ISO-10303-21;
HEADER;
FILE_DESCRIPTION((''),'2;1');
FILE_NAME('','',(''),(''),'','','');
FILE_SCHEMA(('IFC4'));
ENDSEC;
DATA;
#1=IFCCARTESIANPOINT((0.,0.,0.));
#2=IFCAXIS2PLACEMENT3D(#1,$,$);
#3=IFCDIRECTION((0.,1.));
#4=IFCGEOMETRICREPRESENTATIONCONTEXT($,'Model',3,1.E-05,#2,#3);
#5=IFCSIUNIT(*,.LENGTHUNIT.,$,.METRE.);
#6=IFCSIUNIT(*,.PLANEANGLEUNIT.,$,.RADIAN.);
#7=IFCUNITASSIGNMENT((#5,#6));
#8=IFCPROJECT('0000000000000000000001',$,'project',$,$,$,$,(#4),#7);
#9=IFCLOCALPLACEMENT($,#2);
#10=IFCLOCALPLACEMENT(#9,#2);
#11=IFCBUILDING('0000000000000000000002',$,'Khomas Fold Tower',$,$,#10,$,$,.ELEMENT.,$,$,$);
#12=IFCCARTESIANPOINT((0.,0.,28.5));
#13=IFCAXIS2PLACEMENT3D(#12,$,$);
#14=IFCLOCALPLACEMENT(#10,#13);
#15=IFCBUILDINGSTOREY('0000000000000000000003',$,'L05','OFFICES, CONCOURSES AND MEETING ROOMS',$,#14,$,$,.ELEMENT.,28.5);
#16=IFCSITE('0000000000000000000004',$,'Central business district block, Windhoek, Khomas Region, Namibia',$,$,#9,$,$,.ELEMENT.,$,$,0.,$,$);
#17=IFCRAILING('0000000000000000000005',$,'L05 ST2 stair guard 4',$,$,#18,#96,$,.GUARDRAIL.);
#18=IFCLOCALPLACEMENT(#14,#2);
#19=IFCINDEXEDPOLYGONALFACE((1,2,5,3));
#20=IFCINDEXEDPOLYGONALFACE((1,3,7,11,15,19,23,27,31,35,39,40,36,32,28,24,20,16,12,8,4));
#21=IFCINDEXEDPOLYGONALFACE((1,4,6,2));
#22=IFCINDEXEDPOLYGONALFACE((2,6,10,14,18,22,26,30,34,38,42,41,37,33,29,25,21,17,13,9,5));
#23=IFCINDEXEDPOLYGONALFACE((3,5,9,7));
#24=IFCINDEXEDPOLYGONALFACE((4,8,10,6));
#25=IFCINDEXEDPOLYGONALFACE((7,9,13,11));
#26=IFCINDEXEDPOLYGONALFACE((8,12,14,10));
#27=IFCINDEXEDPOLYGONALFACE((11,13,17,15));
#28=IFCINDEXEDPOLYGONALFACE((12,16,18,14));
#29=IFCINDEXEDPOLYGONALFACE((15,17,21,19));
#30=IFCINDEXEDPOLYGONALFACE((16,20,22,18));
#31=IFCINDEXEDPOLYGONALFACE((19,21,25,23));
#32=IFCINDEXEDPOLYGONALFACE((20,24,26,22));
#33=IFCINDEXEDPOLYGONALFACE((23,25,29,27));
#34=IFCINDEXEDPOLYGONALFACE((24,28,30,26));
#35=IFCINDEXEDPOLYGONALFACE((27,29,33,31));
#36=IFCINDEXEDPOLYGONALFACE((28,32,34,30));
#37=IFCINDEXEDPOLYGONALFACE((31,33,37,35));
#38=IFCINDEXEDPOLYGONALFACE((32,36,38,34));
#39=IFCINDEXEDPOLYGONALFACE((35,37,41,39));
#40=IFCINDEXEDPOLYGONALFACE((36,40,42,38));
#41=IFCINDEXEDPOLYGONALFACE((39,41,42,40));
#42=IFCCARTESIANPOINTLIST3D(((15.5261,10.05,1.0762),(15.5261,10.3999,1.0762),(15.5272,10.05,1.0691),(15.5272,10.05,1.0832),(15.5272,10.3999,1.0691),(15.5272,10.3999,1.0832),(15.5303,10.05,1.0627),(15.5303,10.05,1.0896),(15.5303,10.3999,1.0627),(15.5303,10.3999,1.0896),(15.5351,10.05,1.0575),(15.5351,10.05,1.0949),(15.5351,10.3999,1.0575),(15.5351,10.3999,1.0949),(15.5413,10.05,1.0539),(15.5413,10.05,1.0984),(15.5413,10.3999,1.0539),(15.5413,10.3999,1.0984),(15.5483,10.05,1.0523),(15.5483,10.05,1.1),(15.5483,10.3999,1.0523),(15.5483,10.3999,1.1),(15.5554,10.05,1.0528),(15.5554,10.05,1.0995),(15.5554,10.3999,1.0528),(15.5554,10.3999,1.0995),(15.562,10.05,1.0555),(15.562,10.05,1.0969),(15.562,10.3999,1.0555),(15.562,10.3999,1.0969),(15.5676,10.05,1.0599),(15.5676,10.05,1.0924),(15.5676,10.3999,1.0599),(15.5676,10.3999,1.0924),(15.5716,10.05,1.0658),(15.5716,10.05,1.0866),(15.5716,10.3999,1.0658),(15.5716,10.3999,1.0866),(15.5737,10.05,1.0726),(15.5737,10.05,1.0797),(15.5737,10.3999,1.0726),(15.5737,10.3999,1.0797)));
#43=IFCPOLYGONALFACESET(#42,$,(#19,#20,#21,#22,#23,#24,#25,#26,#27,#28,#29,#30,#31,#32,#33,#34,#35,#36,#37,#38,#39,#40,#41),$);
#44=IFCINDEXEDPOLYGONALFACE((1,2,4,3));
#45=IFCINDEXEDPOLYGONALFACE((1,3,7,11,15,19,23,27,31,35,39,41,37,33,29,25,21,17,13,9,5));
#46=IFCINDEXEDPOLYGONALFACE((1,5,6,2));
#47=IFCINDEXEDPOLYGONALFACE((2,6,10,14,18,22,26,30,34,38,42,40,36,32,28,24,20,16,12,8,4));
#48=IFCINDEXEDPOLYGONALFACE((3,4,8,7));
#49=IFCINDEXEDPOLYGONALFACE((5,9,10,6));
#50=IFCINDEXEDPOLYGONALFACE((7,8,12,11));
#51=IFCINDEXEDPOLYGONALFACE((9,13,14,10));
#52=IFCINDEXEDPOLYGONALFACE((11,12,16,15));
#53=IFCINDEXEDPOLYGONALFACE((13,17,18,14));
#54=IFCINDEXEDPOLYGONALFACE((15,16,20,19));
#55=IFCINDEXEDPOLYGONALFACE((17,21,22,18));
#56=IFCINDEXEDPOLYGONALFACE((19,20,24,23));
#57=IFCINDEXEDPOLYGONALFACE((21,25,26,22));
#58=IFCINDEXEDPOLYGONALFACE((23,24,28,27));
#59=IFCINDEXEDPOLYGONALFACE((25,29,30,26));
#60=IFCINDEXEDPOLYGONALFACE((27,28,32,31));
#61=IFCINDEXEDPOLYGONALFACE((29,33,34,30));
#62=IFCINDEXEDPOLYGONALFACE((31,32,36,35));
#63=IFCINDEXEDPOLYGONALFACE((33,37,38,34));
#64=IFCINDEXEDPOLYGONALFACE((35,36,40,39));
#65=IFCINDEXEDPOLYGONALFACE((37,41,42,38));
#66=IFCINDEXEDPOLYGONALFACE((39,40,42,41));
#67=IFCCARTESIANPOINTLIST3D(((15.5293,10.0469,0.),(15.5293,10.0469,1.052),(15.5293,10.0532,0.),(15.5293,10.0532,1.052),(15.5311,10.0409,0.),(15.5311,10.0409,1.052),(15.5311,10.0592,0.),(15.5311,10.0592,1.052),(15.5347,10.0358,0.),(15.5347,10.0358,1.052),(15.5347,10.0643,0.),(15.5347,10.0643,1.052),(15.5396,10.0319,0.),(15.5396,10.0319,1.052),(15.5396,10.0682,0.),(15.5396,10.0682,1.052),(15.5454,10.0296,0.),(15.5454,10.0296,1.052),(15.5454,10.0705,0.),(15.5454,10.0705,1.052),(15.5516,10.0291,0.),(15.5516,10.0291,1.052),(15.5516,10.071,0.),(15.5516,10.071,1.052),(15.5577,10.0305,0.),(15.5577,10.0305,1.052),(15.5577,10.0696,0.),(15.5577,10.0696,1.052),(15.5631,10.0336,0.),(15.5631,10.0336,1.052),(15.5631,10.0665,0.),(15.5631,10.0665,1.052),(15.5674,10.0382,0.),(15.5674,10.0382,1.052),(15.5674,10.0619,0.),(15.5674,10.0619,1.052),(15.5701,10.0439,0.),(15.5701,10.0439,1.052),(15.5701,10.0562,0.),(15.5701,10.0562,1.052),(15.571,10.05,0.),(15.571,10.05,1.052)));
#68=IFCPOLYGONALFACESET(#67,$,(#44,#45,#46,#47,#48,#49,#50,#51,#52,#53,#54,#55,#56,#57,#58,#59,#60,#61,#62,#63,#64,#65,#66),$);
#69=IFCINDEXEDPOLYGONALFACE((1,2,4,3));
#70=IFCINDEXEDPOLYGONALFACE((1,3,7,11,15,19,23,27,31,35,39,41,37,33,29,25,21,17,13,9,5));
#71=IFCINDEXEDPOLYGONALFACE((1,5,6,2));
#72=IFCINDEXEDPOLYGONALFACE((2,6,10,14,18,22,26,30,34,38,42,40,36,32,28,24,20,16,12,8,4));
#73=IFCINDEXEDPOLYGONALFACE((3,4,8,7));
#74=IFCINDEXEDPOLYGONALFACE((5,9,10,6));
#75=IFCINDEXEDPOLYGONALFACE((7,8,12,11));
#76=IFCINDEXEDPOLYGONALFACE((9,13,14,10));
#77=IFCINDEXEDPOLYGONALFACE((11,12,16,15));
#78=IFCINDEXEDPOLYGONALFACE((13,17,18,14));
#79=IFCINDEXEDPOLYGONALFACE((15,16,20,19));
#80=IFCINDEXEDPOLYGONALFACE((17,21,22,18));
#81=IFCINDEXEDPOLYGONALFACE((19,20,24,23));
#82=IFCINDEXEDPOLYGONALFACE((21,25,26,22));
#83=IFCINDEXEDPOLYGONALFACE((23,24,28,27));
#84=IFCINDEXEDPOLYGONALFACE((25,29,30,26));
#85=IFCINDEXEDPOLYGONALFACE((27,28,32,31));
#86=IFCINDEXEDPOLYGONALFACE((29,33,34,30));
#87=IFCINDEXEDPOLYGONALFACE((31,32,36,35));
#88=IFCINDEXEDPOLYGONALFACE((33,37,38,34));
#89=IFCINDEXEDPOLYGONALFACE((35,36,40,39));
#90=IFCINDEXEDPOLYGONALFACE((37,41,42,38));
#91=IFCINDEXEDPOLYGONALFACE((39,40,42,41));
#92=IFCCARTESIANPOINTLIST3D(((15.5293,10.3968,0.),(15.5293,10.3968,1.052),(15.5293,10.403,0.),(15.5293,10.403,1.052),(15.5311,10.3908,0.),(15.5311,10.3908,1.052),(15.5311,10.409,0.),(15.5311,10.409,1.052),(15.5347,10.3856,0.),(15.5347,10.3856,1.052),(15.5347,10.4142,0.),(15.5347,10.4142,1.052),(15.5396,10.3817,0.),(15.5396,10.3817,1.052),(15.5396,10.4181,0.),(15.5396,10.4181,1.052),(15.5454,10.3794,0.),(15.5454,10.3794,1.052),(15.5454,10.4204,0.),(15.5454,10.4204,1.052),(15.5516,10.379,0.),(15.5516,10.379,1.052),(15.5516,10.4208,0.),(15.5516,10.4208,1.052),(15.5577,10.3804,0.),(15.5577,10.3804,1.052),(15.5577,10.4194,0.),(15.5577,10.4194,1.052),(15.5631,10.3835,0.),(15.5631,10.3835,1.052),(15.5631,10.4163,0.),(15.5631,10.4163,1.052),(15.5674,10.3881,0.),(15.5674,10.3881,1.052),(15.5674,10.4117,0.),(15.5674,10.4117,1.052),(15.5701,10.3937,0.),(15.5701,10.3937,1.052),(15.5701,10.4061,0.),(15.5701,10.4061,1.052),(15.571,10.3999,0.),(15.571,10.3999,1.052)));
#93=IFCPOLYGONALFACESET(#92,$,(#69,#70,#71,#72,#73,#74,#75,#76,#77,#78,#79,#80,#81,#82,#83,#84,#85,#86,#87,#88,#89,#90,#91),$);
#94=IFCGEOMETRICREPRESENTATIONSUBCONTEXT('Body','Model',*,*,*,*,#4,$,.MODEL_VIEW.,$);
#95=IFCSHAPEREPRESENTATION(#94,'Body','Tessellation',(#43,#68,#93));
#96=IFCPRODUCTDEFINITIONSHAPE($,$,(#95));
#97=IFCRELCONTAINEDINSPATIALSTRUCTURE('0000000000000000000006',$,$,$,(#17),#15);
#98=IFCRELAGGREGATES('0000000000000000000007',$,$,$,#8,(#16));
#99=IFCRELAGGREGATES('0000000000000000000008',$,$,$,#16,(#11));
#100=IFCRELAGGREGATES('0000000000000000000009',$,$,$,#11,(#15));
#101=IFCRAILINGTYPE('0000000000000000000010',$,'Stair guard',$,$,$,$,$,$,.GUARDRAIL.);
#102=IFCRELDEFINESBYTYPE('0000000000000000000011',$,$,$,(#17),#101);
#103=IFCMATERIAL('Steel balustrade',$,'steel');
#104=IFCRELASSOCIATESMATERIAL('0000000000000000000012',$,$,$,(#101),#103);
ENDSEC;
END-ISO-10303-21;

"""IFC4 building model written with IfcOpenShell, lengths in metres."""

from ifc_helpers import new_model, si_unit, direction, frame, origin, origin_2d, place, context, subcontext, project, spatial, circle, extrude, source, transform, mapped, material, type_object, element, save


model = new_model("IFC4")

# Units and contexts
model_context = context("Model", 3, precision=1e-05, world=origin(), true_north=direction((0.0, 1.0)))
body_context = subcontext(model_context, "Body", "Model", "MODEL_VIEW")
ifc_project = project(units=[si_unit("LENGTHUNIT", "METRE"), si_unit("PLANEANGLEUNIT", "RADIAN")], contexts=[model_context])

# Site, building, storey
site_placement = place(None, origin())
site = spatial("IfcSite", under=ifc_project, at=site_placement, Name="Central business district block, Windhoek, Khomas Region, Namibia", CompositionType="ELEMENT", RefElevation=0.0)
building_placement = place(site_placement, origin())
building = spatial("IfcBuilding", under=site, at=building_placement, Name="Khomas Fold Tower", CompositionType="ELEMENT")
storey_placement = place(building_placement, frame((0.0, 0.0, 28.5)))
storey = spatial("IfcBuildingStorey", under=building, at=storey_placement, Name="L05", Description="OFFICES, CONCOURSES AND MEETING ROOMS", CompositionType="ELEMENT", Elevation=28.5)

# Railing
ifc_material_1 = material(Name="Steel balustrade", Category="steel")
railing_type_1 = type_object("IfcRailingType", Name="Stair guard", PredefinedType="GUARDRAIL", material=ifc_material_1)
shared_shape_1 = source(origin(), body_context, "Body", "SweptSolid", [
    extrude(circle(Radius=0.0239, at=origin_2d()), frame((0.0, 0.0, 1.0762), z_axis=(0.0, 1.0, 0.0), x_axis=(-1.0, 0.0, 0.0)), (0.0, 0.0, 1.0), 0.3499),
    extrude(circle(Radius=0.021, at=origin_2d()), origin(), (0.0, 0.0, 1.0), 1.052),
    extrude(circle(Radius=0.021, at=origin_2d()), frame((0.0, 0.3499, 0.0)), (0.0, 0.0, 1.0), 1.052),
])
railing_1_placement = place(storey_placement, frame((15.55, 10.05, 0.0)))
element("IfcRailing", 1, at=railing_1_placement, inside=storey, type_object=railing_type_1, Name="L05 ST2 stair guard 4", PredefinedType="GUARDRAIL", context=body_context, shape_type="MappedRepresentation", body=[
    mapped(shared_shape_1, transform((0.0, 0.0, 0.0))),
])

save(model, "model.ifc")
